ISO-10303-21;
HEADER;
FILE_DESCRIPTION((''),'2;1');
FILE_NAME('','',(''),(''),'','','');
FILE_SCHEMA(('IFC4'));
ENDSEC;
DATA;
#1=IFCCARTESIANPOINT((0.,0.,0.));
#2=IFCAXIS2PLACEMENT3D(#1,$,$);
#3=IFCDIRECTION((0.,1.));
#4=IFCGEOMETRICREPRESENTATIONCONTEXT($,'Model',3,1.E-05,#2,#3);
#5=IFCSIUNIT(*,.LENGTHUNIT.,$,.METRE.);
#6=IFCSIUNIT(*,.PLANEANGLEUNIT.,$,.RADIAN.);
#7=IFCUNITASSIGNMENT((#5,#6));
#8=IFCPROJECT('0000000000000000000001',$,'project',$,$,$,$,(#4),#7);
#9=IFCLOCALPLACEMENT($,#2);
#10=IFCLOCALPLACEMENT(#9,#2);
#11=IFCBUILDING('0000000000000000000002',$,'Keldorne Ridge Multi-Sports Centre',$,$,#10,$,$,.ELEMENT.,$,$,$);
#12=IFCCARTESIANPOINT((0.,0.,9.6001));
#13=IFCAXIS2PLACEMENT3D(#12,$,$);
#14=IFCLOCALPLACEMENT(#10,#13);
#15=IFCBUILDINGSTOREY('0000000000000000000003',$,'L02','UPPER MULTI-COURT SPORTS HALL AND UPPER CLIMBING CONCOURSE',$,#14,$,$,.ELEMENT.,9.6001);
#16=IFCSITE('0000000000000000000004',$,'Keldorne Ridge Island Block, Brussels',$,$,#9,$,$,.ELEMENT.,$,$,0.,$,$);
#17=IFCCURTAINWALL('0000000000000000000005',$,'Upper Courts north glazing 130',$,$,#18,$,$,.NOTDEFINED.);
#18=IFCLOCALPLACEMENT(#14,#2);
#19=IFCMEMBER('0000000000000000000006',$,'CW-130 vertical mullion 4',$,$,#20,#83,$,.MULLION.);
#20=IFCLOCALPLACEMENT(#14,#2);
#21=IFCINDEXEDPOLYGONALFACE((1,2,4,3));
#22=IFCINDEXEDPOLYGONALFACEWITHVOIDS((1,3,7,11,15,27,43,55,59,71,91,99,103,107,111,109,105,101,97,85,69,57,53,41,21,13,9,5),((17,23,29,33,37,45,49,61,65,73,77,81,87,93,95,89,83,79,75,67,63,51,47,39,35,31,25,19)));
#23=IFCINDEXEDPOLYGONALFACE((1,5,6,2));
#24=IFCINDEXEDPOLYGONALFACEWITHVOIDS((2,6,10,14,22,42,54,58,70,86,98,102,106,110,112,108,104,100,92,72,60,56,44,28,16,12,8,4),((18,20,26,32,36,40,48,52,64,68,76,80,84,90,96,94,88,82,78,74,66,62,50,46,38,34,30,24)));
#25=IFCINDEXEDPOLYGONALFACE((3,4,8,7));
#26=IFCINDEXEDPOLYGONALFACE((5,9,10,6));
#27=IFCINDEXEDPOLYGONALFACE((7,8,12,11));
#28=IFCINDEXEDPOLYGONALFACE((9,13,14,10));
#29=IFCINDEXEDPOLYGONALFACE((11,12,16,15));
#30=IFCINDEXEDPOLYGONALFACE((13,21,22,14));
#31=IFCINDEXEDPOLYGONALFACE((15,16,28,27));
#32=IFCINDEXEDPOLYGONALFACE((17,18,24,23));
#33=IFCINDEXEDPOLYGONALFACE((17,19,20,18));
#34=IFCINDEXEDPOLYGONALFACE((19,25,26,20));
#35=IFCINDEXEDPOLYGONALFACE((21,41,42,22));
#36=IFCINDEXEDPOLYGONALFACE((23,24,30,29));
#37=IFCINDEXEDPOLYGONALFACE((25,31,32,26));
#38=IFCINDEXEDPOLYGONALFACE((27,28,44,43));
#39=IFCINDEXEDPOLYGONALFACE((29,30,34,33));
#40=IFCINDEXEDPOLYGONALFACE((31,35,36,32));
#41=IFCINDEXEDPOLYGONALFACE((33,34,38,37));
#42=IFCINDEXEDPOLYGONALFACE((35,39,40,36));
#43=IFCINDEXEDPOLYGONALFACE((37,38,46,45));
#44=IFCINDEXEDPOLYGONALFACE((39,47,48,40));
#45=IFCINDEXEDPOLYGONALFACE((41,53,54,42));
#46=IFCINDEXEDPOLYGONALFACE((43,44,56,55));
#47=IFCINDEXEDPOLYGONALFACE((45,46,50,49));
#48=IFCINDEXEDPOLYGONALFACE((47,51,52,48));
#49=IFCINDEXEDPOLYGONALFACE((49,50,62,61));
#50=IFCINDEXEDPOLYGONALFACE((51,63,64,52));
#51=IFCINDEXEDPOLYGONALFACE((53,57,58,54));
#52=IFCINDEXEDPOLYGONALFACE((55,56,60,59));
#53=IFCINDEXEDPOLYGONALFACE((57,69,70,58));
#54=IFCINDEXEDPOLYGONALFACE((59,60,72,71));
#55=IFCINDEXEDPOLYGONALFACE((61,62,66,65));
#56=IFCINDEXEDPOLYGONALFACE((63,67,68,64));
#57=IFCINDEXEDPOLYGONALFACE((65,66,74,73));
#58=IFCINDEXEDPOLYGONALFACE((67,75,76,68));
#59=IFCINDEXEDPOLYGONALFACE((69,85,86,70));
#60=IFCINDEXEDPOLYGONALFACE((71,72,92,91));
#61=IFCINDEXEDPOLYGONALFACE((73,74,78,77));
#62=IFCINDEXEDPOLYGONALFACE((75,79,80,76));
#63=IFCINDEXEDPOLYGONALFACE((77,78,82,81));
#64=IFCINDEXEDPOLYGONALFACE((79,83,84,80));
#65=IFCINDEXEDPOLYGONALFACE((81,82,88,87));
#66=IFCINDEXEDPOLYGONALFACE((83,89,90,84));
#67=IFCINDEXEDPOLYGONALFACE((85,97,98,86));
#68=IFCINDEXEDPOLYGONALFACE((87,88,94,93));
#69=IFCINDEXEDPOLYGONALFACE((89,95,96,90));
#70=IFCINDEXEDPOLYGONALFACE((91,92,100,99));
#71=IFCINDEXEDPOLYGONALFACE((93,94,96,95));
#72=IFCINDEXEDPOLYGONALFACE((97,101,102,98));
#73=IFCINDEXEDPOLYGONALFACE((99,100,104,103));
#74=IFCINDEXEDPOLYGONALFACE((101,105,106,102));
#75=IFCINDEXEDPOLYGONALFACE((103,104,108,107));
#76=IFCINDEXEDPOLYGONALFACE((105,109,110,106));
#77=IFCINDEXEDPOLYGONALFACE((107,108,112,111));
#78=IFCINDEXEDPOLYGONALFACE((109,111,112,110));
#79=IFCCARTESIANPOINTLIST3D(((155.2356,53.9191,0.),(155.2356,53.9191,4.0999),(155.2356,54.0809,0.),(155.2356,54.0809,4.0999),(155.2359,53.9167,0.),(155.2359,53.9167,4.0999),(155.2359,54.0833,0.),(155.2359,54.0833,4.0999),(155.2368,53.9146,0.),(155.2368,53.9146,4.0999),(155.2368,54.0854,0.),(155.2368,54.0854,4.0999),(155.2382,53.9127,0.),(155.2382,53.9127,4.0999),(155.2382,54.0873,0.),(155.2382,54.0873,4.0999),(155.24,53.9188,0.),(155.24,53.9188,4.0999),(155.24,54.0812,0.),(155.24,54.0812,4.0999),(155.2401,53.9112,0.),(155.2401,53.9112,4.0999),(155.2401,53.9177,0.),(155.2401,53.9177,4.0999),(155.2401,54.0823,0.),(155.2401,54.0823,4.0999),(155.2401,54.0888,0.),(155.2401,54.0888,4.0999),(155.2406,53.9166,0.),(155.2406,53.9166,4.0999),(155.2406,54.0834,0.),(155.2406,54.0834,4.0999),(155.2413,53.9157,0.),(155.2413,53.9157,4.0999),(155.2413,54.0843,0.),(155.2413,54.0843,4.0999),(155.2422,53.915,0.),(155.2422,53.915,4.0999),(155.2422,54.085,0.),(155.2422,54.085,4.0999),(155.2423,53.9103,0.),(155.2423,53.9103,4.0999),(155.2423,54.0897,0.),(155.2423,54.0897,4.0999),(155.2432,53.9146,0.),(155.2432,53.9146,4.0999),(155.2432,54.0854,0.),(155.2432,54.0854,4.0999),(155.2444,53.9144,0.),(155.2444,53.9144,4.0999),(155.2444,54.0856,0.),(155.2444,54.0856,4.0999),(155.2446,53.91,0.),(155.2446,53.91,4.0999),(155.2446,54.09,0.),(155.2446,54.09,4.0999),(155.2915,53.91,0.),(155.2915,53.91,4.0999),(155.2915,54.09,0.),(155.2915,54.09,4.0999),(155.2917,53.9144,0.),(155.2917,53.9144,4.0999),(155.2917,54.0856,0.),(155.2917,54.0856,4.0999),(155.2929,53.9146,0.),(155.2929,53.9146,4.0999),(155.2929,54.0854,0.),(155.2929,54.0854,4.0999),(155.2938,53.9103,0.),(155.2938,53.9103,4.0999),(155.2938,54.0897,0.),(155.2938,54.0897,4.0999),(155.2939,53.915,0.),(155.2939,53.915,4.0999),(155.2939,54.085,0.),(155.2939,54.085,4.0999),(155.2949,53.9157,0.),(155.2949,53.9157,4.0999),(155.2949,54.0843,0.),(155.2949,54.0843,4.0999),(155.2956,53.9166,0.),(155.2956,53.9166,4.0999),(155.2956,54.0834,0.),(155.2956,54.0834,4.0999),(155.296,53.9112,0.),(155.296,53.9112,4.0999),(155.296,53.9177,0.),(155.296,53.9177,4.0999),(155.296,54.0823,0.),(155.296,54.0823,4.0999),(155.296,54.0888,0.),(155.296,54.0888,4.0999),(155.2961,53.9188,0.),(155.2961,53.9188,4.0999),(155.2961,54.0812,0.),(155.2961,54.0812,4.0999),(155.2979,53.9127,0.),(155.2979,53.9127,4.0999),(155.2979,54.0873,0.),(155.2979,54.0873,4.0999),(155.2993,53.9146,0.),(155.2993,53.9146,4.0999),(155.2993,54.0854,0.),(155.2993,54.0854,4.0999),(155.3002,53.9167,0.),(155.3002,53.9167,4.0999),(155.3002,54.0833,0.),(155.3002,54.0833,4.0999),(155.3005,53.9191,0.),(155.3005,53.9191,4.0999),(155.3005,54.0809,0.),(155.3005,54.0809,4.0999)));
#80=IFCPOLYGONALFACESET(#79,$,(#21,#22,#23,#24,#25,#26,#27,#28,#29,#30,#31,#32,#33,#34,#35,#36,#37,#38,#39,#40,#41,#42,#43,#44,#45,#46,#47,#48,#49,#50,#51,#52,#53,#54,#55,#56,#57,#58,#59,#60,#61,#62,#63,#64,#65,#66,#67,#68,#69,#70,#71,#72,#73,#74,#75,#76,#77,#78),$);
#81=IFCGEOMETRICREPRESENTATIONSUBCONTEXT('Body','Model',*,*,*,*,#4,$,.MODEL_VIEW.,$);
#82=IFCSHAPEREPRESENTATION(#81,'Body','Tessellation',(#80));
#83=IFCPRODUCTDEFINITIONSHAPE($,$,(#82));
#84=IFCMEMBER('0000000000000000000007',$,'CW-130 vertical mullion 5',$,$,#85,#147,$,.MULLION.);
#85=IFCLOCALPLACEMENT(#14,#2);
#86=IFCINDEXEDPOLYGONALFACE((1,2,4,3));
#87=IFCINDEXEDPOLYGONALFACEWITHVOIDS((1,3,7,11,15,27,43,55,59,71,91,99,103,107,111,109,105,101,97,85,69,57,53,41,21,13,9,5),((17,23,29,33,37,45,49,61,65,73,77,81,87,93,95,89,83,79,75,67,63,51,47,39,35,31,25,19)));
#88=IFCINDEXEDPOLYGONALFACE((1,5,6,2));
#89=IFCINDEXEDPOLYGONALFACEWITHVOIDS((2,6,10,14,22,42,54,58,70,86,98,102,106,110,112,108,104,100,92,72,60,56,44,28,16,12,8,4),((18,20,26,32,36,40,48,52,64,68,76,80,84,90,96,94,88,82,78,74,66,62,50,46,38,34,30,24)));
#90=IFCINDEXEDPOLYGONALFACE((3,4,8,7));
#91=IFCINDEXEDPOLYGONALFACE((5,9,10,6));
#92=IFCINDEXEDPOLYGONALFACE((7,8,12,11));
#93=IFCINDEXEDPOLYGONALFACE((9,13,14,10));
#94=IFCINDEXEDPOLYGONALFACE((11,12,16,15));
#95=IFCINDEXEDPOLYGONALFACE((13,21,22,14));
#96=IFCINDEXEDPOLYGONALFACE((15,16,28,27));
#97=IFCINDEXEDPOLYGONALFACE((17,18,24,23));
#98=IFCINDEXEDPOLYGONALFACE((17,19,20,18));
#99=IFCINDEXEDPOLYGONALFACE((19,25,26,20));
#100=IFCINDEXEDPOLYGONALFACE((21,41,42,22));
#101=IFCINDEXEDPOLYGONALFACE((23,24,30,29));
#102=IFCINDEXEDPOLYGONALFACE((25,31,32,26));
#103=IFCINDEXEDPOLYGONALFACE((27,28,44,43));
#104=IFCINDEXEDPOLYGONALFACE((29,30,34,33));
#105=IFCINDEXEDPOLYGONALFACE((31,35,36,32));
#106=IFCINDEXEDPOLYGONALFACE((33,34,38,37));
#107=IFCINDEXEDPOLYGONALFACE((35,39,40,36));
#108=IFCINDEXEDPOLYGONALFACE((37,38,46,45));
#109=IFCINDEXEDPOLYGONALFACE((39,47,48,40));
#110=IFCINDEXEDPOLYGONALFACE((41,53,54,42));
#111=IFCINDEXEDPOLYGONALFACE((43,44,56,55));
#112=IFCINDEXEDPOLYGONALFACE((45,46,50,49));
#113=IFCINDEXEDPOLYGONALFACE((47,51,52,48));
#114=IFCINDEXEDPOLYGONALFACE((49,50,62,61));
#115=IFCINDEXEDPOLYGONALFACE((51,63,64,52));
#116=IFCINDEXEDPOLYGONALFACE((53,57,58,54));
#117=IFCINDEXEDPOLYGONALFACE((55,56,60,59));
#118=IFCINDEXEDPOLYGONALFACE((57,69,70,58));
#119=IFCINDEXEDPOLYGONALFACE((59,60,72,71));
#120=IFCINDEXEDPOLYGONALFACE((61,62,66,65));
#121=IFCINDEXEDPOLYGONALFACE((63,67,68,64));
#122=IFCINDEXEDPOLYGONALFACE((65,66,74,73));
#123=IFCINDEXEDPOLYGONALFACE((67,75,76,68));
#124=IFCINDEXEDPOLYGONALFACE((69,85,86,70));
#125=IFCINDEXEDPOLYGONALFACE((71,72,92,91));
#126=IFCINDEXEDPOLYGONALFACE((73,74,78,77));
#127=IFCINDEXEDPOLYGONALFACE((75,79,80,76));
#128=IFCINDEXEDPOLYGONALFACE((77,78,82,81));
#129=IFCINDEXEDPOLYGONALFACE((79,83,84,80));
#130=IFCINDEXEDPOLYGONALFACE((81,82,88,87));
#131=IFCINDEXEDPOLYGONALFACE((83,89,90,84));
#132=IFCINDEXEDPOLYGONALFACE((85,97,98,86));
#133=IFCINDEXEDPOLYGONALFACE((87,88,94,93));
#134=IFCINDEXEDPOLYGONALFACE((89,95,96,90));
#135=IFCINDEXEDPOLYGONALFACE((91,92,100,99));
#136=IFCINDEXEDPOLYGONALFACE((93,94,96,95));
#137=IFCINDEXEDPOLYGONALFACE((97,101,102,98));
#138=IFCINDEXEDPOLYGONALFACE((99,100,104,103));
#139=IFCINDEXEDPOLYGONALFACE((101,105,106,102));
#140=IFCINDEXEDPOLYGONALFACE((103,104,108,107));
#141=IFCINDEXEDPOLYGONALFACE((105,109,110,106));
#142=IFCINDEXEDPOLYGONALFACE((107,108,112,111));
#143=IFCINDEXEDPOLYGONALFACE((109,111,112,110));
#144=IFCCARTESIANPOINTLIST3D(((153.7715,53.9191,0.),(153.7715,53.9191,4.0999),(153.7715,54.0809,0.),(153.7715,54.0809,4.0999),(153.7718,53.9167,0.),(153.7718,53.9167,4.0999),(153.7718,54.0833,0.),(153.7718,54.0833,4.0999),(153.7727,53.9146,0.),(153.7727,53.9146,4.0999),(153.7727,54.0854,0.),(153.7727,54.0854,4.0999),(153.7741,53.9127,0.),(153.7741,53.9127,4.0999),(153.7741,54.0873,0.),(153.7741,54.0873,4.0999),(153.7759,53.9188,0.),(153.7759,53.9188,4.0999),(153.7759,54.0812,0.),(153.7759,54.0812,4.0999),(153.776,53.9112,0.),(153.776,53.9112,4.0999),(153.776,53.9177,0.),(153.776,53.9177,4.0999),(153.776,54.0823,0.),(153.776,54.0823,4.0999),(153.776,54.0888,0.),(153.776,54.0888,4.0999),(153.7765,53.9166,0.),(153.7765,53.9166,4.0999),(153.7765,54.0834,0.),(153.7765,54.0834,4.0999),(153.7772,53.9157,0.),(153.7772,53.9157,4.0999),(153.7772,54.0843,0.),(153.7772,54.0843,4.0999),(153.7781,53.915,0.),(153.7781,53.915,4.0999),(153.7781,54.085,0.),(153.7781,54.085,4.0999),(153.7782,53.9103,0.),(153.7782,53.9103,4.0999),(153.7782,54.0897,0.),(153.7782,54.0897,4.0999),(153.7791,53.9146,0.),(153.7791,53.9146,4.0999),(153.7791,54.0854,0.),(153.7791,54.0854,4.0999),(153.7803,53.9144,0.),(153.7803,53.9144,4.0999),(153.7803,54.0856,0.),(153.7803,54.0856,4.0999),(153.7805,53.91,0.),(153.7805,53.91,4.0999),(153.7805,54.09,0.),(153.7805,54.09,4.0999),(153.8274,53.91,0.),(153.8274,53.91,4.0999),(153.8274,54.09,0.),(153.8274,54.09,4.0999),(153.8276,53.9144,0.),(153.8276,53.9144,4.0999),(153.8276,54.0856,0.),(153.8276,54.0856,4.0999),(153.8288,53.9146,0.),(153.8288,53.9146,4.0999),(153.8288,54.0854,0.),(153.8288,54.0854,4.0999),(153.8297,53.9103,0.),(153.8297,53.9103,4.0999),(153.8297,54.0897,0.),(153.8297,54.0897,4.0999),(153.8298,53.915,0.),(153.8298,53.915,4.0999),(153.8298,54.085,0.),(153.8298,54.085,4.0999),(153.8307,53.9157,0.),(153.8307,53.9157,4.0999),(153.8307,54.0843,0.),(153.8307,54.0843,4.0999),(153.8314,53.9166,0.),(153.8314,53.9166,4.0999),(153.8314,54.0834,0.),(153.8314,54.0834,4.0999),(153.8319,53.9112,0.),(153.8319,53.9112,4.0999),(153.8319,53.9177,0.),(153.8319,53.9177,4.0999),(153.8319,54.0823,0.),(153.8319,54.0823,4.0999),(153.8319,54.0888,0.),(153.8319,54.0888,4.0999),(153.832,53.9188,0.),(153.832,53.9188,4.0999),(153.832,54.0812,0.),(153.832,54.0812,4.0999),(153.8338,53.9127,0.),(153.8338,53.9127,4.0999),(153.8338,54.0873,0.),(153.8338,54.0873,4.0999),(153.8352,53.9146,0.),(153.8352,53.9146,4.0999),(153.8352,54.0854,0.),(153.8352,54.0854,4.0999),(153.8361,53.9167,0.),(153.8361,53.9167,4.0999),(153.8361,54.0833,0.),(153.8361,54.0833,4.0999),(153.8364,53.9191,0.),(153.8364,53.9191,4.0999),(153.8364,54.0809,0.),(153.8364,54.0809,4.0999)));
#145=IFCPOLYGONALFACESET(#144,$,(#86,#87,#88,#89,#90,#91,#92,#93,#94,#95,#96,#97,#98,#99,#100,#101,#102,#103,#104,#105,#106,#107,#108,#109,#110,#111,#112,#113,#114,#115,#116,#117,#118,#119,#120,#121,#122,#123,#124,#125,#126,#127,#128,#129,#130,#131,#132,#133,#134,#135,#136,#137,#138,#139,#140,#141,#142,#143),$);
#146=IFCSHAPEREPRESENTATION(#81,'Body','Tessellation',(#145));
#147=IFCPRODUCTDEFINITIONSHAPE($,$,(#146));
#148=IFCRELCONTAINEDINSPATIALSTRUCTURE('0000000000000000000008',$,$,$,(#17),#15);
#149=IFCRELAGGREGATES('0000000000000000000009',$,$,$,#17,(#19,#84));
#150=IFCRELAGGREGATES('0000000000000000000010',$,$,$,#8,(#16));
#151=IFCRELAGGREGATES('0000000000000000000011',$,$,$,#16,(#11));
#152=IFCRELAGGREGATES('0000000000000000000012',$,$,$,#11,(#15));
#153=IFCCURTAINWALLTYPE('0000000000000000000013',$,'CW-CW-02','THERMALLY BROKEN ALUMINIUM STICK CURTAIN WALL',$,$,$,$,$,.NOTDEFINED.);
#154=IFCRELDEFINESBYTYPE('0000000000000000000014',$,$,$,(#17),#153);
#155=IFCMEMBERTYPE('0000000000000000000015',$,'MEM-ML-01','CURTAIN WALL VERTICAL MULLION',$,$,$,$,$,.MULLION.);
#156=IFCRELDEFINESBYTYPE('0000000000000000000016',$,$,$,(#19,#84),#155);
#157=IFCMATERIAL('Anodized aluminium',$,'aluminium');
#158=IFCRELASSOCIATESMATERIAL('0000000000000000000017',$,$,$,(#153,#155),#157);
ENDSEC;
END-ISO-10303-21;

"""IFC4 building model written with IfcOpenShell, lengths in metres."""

from ifc_helpers import new_model, si_unit, direction, frame, origin, origin_2d, place, context, subcontext, project, spatial, hollow_rectangle, extrude, material, material_profile, profile_set, type_object, element, aggregate, save


model = new_model("IFC4")

# Units and contexts
model_context = context("Model", 3, precision=1e-05, world=origin(), true_north=direction((0.0, 1.0)))
body_context = subcontext(model_context, "Body", "Model", "MODEL_VIEW")
ifc_project = project(units=[si_unit("LENGTHUNIT", "METRE"), si_unit("PLANEANGLEUNIT", "RADIAN")], contexts=[model_context])

# Site, building, storey
site_placement = place(None, origin())
site = spatial("IfcSite", under=ifc_project, at=site_placement, Name="Keldorne Ridge Island Block, Brussels", CompositionType="ELEMENT", RefElevation=0.0)
building_placement = place(site_placement, origin())
building = spatial("IfcBuilding", under=site, at=building_placement, Name="Keldorne Ridge Multi-Sports Centre", CompositionType="ELEMENT")
storey_placement = place(building_placement, frame((0.0, 0.0, 9.6001)))
storey = spatial("IfcBuildingStorey", under=building, at=storey_placement, Name="L02", Description="UPPER MULTI-COURT SPORTS HALL AND UPPER CLIMBING CONCOURSE", CompositionType="ELEMENT", Elevation=9.6001)

# Curtain wall, members
ifc_material_1 = material(Name="Anodized aluminium", Category="aluminium")
curtain_wall_type = type_object("IfcCurtainWallType", Name="CW-CW-02", Description="THERMALLY BROKEN ALUMINIUM STICK CURTAIN WALL", PredefinedType="NOTDEFINED", material=ifc_material_1)
curtain_wall_placement = place(storey_placement, origin())
curtain_wall = element("IfcCurtainWall", 1, at=curtain_wall_placement, inside=storey, type_object=curtain_wall_type, Name="Upper Courts north glazing 130", PredefinedType="NOTDEFINED")
ifc_material_profile_1 = material_profile(ifc_material_1, hollow_rectangle(XDim=0.0649, YDim=0.1799, WallThickness=0.0044, InnerFilletRadius=0.0044, OuterFilletRadius=0.009, at=origin_2d()), Name="ALU MULLION 180x65x4.5")
ifc_profile_set_1 = profile_set([ifc_material_profile_1], Name="Anodized aluminium")
member_type_1 = type_object("IfcMemberType", Name="MEM-ML-01", Description="CURTAIN WALL VERTICAL MULLION", PredefinedType="MULLION", material=ifc_profile_set_1)
member_1_placement = place(storey_placement, frame((155.2681, 54.0, 0.0), z_axis=(0.0, 0.0, 1.0), x_axis=(1.0, 0.0, 0.0)))
member_1 = element("IfcMember", 2, at=member_1_placement, type_object=member_type_1, Name="CW-130 vertical mullion 4", PredefinedType="MULLION", context=body_context, shape_type="SweptSolid", body=[
    extrude(hollow_rectangle(XDim=0.0649, YDim=0.1799, WallThickness=0.0044, InnerFilletRadius=0.0044, OuterFilletRadius=0.009, at=origin_2d()), origin(), (0.0, 0.0, 1.0), 4.0999),
])
member_2_placement = place(storey_placement, frame((153.804, 54.0, 0.0), z_axis=(0.0, 0.0, 1.0), x_axis=(1.0, 0.0, 0.0)))
member_2 = element("IfcMember", 3, at=member_2_placement, type_object=member_type_1, Name="CW-130 vertical mullion 5", PredefinedType="MULLION", context=body_context, shape_type="SweptSolid", body=[
    extrude(hollow_rectangle(XDim=0.0649, YDim=0.1799, WallThickness=0.0044, InnerFilletRadius=0.0044, OuterFilletRadius=0.009, at=origin_2d()), origin(), (0.0, 0.0, 1.0), 4.0999),
])
aggregate(curtain_wall, [member_1, member_2])

save(model, "model.ifc")
